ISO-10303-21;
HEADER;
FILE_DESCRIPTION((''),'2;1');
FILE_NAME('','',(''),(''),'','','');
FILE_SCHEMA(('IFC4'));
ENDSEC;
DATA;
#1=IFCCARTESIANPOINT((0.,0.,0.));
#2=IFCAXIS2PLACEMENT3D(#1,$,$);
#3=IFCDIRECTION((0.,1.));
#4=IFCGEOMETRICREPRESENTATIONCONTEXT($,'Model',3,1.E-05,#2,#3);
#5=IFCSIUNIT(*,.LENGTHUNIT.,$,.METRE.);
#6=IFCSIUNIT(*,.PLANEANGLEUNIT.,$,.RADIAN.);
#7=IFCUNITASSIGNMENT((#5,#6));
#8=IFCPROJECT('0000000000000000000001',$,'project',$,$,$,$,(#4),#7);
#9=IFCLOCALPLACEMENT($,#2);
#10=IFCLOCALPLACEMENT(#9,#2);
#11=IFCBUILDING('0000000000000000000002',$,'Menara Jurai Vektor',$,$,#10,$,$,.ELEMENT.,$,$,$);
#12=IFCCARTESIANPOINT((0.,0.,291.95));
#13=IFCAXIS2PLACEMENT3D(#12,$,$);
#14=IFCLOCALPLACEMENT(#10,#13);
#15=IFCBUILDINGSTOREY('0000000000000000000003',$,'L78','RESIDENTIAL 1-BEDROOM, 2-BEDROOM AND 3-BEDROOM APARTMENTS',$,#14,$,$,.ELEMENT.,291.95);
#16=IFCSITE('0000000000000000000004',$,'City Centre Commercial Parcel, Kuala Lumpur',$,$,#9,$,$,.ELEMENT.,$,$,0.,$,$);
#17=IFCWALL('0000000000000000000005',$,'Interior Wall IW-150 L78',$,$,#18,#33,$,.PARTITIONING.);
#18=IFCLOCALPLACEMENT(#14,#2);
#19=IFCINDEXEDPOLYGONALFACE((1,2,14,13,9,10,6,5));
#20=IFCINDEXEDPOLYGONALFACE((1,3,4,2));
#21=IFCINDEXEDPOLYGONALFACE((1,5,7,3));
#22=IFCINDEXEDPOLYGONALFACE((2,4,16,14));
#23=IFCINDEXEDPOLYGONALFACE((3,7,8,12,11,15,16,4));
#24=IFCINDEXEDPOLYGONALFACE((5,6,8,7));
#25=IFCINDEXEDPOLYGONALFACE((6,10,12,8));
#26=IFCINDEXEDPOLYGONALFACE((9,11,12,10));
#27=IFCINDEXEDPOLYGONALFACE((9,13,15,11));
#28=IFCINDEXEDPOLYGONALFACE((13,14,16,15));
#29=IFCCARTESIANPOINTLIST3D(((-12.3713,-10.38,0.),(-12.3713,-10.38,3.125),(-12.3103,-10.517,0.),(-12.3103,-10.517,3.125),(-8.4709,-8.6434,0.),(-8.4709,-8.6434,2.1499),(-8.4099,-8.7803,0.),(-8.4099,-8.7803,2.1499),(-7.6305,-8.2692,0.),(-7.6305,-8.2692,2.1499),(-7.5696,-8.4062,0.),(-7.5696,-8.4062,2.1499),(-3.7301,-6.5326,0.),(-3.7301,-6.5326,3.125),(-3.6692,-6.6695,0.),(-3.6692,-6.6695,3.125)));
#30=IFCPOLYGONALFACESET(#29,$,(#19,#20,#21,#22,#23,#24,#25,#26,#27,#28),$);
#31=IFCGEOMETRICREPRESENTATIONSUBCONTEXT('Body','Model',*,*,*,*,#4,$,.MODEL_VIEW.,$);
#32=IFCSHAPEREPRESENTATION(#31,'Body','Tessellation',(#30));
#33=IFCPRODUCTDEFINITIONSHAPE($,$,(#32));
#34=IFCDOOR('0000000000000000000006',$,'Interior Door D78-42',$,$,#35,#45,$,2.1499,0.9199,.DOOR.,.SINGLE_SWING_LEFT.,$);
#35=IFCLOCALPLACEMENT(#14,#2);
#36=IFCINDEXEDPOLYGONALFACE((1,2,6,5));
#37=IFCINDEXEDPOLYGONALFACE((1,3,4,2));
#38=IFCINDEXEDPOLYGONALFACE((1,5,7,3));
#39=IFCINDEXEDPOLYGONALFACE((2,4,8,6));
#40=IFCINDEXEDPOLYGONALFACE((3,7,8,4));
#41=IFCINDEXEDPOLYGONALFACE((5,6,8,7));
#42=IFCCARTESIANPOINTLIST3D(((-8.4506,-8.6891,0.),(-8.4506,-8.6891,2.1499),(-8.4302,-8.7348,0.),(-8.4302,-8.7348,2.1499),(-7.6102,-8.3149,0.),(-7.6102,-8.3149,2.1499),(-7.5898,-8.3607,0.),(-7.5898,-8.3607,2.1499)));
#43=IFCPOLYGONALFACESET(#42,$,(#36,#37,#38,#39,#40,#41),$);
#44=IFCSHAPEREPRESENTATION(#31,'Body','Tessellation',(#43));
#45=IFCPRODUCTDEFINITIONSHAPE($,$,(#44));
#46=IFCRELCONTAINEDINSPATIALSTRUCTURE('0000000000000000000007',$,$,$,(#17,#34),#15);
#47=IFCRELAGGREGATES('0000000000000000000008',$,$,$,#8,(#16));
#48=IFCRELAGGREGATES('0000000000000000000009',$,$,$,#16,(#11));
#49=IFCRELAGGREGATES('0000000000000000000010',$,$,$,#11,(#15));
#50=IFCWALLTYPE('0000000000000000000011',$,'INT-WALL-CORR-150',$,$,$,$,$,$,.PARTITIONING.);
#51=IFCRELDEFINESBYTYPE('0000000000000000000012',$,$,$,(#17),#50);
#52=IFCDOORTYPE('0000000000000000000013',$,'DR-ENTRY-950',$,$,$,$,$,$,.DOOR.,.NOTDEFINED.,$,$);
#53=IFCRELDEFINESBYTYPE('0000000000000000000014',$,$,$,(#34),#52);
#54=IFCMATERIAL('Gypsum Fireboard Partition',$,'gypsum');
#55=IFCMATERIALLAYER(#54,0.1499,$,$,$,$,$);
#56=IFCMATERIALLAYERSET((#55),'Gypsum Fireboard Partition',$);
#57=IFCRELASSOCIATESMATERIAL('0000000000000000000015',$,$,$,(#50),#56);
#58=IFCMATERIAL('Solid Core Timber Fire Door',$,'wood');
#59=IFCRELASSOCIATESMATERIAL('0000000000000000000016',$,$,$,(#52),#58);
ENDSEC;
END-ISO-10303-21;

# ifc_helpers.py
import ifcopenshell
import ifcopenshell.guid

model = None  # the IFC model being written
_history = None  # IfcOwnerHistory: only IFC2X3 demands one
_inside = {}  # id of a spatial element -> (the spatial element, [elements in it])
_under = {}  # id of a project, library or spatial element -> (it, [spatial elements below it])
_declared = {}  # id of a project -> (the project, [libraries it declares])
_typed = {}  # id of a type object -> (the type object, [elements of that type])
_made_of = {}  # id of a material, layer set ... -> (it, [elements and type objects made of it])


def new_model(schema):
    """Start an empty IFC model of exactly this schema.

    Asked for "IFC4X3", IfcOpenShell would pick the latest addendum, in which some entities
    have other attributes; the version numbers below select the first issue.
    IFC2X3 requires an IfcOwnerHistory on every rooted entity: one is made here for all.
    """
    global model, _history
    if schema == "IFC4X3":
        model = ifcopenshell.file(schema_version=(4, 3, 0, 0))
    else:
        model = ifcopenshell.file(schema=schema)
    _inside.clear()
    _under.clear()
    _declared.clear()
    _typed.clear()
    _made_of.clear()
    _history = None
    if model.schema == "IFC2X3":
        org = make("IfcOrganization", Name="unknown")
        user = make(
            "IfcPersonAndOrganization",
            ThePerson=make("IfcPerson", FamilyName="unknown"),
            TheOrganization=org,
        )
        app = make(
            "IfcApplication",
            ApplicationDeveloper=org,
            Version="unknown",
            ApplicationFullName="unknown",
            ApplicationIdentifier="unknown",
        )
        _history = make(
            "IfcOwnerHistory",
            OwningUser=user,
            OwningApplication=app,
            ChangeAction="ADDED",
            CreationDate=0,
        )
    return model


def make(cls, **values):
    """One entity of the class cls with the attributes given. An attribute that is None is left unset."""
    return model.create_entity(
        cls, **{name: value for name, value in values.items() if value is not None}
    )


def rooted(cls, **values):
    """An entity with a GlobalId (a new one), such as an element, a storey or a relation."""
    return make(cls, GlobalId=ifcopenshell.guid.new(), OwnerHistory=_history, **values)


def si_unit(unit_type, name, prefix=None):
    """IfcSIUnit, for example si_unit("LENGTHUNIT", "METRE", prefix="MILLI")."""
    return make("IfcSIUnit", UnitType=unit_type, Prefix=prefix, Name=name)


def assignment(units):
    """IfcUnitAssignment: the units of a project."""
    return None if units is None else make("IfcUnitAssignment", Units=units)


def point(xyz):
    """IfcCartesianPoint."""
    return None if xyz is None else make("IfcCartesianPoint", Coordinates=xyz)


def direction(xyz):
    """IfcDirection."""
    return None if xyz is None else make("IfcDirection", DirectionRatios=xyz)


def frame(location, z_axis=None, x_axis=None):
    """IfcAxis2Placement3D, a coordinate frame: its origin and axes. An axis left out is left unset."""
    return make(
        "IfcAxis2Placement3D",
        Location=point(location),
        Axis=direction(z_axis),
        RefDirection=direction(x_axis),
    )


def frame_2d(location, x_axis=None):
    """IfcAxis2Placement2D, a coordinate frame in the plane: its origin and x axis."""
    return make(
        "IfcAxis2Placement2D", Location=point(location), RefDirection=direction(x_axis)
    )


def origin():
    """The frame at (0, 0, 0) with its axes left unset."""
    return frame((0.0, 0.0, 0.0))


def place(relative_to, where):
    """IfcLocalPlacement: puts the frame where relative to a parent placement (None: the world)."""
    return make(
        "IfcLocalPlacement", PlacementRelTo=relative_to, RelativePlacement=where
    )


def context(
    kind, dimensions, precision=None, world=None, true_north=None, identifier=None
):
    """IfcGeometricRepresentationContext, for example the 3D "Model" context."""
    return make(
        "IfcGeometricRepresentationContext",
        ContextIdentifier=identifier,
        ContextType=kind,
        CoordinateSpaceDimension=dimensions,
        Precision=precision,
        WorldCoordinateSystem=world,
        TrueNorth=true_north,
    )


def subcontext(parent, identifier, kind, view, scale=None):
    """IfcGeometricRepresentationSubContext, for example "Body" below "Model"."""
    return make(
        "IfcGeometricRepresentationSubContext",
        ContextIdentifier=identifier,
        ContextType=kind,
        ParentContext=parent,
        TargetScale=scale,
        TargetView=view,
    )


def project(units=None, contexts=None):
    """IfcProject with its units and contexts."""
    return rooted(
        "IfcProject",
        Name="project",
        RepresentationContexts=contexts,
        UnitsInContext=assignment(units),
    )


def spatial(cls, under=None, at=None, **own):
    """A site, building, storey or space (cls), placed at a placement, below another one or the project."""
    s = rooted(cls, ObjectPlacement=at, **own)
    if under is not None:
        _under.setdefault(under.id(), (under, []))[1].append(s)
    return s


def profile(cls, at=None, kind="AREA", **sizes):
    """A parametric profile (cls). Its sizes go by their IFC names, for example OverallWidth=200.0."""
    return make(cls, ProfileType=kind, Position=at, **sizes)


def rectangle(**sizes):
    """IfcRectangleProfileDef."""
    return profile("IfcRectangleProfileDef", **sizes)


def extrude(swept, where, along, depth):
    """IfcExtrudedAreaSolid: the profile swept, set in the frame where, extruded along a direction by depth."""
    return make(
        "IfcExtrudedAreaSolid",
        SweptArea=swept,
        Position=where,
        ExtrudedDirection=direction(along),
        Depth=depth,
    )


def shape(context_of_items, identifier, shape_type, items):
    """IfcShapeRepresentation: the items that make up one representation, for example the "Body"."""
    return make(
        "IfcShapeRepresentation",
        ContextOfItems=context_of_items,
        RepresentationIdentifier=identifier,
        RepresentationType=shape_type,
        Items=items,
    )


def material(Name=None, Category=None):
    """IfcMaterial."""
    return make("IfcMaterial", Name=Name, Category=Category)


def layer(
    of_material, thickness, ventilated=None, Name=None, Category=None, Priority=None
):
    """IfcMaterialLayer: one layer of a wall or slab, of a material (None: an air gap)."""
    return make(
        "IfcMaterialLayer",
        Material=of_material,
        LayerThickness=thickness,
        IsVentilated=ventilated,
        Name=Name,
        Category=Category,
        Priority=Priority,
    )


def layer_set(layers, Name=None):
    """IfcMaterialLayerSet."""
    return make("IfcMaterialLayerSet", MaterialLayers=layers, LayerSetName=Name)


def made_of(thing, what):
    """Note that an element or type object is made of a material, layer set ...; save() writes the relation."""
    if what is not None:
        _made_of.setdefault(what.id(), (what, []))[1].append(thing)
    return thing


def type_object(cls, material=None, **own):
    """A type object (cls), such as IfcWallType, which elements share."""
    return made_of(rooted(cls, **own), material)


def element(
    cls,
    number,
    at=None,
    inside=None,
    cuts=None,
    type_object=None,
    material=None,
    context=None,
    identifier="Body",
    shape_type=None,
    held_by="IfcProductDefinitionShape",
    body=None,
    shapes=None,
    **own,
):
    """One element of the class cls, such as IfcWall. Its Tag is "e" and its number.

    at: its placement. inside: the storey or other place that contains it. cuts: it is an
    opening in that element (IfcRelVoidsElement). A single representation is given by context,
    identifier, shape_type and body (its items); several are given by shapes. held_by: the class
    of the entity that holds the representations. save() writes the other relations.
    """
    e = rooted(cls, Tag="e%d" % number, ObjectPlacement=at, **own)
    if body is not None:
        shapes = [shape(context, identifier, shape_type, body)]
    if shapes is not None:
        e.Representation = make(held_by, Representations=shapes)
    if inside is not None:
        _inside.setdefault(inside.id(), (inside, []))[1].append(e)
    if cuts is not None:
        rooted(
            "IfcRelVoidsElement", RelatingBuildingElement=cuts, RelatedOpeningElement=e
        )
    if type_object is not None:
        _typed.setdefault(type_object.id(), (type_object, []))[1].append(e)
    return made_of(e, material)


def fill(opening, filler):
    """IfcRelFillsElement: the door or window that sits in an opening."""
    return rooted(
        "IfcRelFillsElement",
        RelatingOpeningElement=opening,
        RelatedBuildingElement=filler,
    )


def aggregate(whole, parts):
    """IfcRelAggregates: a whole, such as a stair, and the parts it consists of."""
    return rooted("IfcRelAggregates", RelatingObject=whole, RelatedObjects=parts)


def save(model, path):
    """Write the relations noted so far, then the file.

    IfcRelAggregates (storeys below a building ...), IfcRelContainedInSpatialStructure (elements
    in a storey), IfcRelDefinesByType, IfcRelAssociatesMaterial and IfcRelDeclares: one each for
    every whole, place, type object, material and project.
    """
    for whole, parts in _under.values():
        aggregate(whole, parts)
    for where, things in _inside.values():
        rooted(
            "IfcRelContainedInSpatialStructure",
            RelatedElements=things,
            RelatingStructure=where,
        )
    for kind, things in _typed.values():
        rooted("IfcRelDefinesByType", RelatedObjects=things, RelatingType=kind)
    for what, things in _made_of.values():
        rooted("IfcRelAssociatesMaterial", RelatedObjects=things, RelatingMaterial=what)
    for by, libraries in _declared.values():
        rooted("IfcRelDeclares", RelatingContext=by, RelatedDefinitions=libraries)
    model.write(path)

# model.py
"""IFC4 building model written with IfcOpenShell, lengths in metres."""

from ifc_helpers import new_model, si_unit, direction, frame, frame_2d, origin, place, context, subcontext, project, spatial, rectangle, extrude, material, layer, layer_set, type_object, element, fill, save


model = new_model("IFC4")

# Units and contexts
model_context = context("Model", 3, precision=1e-05, world=origin(), true_north=direction((0.0, 1.0)))
body_context = subcontext(model_context, "Body", "Model", "MODEL_VIEW")
ifc_project = project(units=[si_unit("LENGTHUNIT", "METRE"), si_unit("PLANEANGLEUNIT", "RADIAN")], contexts=[model_context])

# Site, building, storey
site_placement = place(None, origin())
site = spatial("IfcSite", under=ifc_project, at=site_placement, Name="City Centre Commercial Parcel, Kuala Lumpur", CompositionType="ELEMENT", RefElevation=0.0)
building_placement = place(site_placement, origin())
building = spatial("IfcBuilding", under=site, at=building_placement, Name="Menara Jurai Vektor", CompositionType="ELEMENT")
storey_placement = place(building_placement, frame((0.0, 0.0, 291.95)))
storey = spatial("IfcBuildingStorey", under=building, at=storey_placement, Name="L78", Description="RESIDENTIAL 1-BEDROOM, 2-BEDROOM AND 3-BEDROOM APARTMENTS", CompositionType="ELEMENT", Elevation=291.95)

# Shared definitions
ifc_material_1 = material(Name="Gypsum Fireboard Partition", Category="gypsum")
ifc_layer = layer(ifc_material_1, 0.1499)
ifc_layer_set = layer_set([ifc_layer], Name="Gypsum Fireboard Partition")
wall_type = type_object("IfcWallType", Name="INT-WALL-CORR-150", PredefinedType="PARTITIONING", material=ifc_layer_set)
ifc_material_2 = material(Name="Solid Core Timber Fire Door", Category="wood")
door_type = type_object("IfcDoorType", Name="DR-ENTRY-950", OperationType="NOTDEFINED", PredefinedType="DOOR", material=ifc_material_2)

# Wall, opening, door
wall_1_placement = place(storey_placement, frame((-12.3408, -10.4485, 0.0), z_axis=(0.0, 0.0, 1.0), x_axis=(0.91354, 0.406749, 0.0)))
wall_1 = element("IfcWall", 1, at=wall_1_placement, inside=storey, type_object=wall_type, Name="Interior Wall IW-150 L78", PredefinedType="PARTITIONING", context=body_context, shape_type="SweptSolid", body=[
    extrude(rectangle(XDim=9.459, YDim=0.1499, at=frame_2d((4.7295, 0.0))), origin(), (0.0, 0.0, 1.0), 3.125),
])
opening_1_placement = place(wall_1_placement, frame((4.2695, 0.0, 0.0)))
opening_1 = element("IfcOpeningElement", 2, at=opening_1_placement, cuts=wall_1, PredefinedType="OPENING", context=body_context, shape_type="SweptSolid", body=[
    extrude(rectangle(XDim=0.9199, YDim=2.1499, at=frame_2d((0.46, 1.075))), frame((0.0, 0.085, 0.0), z_axis=(0.0, -1.0, 0.0), x_axis=(1.0, 0.0, 0.0)), (0.0, 0.0, 1.0), 0.1699),
])
door_1_placement = place(opening_1_placement, origin())
door_1 = element("IfcDoor", 3, at=door_1_placement, inside=storey, type_object=door_type, Name="Interior Door D78-42", OperationType="SINGLE_SWING_LEFT", OverallHeight=2.1499, OverallWidth=0.9199, PredefinedType="DOOR", context=body_context, shape_type="SweptSolid", body=[
    extrude(rectangle(XDim=0.9199, YDim=2.1499, at=frame_2d((0.46, 1.075))), frame((0.0, 0.0249, 0.0), z_axis=(0.0, -1.0, 0.0), x_axis=(1.0, 0.0, 0.0)), (0.0, 0.0, 1.0), 0.05),
])
fill(opening_1, door_1)

save(model, "model.ifc")
